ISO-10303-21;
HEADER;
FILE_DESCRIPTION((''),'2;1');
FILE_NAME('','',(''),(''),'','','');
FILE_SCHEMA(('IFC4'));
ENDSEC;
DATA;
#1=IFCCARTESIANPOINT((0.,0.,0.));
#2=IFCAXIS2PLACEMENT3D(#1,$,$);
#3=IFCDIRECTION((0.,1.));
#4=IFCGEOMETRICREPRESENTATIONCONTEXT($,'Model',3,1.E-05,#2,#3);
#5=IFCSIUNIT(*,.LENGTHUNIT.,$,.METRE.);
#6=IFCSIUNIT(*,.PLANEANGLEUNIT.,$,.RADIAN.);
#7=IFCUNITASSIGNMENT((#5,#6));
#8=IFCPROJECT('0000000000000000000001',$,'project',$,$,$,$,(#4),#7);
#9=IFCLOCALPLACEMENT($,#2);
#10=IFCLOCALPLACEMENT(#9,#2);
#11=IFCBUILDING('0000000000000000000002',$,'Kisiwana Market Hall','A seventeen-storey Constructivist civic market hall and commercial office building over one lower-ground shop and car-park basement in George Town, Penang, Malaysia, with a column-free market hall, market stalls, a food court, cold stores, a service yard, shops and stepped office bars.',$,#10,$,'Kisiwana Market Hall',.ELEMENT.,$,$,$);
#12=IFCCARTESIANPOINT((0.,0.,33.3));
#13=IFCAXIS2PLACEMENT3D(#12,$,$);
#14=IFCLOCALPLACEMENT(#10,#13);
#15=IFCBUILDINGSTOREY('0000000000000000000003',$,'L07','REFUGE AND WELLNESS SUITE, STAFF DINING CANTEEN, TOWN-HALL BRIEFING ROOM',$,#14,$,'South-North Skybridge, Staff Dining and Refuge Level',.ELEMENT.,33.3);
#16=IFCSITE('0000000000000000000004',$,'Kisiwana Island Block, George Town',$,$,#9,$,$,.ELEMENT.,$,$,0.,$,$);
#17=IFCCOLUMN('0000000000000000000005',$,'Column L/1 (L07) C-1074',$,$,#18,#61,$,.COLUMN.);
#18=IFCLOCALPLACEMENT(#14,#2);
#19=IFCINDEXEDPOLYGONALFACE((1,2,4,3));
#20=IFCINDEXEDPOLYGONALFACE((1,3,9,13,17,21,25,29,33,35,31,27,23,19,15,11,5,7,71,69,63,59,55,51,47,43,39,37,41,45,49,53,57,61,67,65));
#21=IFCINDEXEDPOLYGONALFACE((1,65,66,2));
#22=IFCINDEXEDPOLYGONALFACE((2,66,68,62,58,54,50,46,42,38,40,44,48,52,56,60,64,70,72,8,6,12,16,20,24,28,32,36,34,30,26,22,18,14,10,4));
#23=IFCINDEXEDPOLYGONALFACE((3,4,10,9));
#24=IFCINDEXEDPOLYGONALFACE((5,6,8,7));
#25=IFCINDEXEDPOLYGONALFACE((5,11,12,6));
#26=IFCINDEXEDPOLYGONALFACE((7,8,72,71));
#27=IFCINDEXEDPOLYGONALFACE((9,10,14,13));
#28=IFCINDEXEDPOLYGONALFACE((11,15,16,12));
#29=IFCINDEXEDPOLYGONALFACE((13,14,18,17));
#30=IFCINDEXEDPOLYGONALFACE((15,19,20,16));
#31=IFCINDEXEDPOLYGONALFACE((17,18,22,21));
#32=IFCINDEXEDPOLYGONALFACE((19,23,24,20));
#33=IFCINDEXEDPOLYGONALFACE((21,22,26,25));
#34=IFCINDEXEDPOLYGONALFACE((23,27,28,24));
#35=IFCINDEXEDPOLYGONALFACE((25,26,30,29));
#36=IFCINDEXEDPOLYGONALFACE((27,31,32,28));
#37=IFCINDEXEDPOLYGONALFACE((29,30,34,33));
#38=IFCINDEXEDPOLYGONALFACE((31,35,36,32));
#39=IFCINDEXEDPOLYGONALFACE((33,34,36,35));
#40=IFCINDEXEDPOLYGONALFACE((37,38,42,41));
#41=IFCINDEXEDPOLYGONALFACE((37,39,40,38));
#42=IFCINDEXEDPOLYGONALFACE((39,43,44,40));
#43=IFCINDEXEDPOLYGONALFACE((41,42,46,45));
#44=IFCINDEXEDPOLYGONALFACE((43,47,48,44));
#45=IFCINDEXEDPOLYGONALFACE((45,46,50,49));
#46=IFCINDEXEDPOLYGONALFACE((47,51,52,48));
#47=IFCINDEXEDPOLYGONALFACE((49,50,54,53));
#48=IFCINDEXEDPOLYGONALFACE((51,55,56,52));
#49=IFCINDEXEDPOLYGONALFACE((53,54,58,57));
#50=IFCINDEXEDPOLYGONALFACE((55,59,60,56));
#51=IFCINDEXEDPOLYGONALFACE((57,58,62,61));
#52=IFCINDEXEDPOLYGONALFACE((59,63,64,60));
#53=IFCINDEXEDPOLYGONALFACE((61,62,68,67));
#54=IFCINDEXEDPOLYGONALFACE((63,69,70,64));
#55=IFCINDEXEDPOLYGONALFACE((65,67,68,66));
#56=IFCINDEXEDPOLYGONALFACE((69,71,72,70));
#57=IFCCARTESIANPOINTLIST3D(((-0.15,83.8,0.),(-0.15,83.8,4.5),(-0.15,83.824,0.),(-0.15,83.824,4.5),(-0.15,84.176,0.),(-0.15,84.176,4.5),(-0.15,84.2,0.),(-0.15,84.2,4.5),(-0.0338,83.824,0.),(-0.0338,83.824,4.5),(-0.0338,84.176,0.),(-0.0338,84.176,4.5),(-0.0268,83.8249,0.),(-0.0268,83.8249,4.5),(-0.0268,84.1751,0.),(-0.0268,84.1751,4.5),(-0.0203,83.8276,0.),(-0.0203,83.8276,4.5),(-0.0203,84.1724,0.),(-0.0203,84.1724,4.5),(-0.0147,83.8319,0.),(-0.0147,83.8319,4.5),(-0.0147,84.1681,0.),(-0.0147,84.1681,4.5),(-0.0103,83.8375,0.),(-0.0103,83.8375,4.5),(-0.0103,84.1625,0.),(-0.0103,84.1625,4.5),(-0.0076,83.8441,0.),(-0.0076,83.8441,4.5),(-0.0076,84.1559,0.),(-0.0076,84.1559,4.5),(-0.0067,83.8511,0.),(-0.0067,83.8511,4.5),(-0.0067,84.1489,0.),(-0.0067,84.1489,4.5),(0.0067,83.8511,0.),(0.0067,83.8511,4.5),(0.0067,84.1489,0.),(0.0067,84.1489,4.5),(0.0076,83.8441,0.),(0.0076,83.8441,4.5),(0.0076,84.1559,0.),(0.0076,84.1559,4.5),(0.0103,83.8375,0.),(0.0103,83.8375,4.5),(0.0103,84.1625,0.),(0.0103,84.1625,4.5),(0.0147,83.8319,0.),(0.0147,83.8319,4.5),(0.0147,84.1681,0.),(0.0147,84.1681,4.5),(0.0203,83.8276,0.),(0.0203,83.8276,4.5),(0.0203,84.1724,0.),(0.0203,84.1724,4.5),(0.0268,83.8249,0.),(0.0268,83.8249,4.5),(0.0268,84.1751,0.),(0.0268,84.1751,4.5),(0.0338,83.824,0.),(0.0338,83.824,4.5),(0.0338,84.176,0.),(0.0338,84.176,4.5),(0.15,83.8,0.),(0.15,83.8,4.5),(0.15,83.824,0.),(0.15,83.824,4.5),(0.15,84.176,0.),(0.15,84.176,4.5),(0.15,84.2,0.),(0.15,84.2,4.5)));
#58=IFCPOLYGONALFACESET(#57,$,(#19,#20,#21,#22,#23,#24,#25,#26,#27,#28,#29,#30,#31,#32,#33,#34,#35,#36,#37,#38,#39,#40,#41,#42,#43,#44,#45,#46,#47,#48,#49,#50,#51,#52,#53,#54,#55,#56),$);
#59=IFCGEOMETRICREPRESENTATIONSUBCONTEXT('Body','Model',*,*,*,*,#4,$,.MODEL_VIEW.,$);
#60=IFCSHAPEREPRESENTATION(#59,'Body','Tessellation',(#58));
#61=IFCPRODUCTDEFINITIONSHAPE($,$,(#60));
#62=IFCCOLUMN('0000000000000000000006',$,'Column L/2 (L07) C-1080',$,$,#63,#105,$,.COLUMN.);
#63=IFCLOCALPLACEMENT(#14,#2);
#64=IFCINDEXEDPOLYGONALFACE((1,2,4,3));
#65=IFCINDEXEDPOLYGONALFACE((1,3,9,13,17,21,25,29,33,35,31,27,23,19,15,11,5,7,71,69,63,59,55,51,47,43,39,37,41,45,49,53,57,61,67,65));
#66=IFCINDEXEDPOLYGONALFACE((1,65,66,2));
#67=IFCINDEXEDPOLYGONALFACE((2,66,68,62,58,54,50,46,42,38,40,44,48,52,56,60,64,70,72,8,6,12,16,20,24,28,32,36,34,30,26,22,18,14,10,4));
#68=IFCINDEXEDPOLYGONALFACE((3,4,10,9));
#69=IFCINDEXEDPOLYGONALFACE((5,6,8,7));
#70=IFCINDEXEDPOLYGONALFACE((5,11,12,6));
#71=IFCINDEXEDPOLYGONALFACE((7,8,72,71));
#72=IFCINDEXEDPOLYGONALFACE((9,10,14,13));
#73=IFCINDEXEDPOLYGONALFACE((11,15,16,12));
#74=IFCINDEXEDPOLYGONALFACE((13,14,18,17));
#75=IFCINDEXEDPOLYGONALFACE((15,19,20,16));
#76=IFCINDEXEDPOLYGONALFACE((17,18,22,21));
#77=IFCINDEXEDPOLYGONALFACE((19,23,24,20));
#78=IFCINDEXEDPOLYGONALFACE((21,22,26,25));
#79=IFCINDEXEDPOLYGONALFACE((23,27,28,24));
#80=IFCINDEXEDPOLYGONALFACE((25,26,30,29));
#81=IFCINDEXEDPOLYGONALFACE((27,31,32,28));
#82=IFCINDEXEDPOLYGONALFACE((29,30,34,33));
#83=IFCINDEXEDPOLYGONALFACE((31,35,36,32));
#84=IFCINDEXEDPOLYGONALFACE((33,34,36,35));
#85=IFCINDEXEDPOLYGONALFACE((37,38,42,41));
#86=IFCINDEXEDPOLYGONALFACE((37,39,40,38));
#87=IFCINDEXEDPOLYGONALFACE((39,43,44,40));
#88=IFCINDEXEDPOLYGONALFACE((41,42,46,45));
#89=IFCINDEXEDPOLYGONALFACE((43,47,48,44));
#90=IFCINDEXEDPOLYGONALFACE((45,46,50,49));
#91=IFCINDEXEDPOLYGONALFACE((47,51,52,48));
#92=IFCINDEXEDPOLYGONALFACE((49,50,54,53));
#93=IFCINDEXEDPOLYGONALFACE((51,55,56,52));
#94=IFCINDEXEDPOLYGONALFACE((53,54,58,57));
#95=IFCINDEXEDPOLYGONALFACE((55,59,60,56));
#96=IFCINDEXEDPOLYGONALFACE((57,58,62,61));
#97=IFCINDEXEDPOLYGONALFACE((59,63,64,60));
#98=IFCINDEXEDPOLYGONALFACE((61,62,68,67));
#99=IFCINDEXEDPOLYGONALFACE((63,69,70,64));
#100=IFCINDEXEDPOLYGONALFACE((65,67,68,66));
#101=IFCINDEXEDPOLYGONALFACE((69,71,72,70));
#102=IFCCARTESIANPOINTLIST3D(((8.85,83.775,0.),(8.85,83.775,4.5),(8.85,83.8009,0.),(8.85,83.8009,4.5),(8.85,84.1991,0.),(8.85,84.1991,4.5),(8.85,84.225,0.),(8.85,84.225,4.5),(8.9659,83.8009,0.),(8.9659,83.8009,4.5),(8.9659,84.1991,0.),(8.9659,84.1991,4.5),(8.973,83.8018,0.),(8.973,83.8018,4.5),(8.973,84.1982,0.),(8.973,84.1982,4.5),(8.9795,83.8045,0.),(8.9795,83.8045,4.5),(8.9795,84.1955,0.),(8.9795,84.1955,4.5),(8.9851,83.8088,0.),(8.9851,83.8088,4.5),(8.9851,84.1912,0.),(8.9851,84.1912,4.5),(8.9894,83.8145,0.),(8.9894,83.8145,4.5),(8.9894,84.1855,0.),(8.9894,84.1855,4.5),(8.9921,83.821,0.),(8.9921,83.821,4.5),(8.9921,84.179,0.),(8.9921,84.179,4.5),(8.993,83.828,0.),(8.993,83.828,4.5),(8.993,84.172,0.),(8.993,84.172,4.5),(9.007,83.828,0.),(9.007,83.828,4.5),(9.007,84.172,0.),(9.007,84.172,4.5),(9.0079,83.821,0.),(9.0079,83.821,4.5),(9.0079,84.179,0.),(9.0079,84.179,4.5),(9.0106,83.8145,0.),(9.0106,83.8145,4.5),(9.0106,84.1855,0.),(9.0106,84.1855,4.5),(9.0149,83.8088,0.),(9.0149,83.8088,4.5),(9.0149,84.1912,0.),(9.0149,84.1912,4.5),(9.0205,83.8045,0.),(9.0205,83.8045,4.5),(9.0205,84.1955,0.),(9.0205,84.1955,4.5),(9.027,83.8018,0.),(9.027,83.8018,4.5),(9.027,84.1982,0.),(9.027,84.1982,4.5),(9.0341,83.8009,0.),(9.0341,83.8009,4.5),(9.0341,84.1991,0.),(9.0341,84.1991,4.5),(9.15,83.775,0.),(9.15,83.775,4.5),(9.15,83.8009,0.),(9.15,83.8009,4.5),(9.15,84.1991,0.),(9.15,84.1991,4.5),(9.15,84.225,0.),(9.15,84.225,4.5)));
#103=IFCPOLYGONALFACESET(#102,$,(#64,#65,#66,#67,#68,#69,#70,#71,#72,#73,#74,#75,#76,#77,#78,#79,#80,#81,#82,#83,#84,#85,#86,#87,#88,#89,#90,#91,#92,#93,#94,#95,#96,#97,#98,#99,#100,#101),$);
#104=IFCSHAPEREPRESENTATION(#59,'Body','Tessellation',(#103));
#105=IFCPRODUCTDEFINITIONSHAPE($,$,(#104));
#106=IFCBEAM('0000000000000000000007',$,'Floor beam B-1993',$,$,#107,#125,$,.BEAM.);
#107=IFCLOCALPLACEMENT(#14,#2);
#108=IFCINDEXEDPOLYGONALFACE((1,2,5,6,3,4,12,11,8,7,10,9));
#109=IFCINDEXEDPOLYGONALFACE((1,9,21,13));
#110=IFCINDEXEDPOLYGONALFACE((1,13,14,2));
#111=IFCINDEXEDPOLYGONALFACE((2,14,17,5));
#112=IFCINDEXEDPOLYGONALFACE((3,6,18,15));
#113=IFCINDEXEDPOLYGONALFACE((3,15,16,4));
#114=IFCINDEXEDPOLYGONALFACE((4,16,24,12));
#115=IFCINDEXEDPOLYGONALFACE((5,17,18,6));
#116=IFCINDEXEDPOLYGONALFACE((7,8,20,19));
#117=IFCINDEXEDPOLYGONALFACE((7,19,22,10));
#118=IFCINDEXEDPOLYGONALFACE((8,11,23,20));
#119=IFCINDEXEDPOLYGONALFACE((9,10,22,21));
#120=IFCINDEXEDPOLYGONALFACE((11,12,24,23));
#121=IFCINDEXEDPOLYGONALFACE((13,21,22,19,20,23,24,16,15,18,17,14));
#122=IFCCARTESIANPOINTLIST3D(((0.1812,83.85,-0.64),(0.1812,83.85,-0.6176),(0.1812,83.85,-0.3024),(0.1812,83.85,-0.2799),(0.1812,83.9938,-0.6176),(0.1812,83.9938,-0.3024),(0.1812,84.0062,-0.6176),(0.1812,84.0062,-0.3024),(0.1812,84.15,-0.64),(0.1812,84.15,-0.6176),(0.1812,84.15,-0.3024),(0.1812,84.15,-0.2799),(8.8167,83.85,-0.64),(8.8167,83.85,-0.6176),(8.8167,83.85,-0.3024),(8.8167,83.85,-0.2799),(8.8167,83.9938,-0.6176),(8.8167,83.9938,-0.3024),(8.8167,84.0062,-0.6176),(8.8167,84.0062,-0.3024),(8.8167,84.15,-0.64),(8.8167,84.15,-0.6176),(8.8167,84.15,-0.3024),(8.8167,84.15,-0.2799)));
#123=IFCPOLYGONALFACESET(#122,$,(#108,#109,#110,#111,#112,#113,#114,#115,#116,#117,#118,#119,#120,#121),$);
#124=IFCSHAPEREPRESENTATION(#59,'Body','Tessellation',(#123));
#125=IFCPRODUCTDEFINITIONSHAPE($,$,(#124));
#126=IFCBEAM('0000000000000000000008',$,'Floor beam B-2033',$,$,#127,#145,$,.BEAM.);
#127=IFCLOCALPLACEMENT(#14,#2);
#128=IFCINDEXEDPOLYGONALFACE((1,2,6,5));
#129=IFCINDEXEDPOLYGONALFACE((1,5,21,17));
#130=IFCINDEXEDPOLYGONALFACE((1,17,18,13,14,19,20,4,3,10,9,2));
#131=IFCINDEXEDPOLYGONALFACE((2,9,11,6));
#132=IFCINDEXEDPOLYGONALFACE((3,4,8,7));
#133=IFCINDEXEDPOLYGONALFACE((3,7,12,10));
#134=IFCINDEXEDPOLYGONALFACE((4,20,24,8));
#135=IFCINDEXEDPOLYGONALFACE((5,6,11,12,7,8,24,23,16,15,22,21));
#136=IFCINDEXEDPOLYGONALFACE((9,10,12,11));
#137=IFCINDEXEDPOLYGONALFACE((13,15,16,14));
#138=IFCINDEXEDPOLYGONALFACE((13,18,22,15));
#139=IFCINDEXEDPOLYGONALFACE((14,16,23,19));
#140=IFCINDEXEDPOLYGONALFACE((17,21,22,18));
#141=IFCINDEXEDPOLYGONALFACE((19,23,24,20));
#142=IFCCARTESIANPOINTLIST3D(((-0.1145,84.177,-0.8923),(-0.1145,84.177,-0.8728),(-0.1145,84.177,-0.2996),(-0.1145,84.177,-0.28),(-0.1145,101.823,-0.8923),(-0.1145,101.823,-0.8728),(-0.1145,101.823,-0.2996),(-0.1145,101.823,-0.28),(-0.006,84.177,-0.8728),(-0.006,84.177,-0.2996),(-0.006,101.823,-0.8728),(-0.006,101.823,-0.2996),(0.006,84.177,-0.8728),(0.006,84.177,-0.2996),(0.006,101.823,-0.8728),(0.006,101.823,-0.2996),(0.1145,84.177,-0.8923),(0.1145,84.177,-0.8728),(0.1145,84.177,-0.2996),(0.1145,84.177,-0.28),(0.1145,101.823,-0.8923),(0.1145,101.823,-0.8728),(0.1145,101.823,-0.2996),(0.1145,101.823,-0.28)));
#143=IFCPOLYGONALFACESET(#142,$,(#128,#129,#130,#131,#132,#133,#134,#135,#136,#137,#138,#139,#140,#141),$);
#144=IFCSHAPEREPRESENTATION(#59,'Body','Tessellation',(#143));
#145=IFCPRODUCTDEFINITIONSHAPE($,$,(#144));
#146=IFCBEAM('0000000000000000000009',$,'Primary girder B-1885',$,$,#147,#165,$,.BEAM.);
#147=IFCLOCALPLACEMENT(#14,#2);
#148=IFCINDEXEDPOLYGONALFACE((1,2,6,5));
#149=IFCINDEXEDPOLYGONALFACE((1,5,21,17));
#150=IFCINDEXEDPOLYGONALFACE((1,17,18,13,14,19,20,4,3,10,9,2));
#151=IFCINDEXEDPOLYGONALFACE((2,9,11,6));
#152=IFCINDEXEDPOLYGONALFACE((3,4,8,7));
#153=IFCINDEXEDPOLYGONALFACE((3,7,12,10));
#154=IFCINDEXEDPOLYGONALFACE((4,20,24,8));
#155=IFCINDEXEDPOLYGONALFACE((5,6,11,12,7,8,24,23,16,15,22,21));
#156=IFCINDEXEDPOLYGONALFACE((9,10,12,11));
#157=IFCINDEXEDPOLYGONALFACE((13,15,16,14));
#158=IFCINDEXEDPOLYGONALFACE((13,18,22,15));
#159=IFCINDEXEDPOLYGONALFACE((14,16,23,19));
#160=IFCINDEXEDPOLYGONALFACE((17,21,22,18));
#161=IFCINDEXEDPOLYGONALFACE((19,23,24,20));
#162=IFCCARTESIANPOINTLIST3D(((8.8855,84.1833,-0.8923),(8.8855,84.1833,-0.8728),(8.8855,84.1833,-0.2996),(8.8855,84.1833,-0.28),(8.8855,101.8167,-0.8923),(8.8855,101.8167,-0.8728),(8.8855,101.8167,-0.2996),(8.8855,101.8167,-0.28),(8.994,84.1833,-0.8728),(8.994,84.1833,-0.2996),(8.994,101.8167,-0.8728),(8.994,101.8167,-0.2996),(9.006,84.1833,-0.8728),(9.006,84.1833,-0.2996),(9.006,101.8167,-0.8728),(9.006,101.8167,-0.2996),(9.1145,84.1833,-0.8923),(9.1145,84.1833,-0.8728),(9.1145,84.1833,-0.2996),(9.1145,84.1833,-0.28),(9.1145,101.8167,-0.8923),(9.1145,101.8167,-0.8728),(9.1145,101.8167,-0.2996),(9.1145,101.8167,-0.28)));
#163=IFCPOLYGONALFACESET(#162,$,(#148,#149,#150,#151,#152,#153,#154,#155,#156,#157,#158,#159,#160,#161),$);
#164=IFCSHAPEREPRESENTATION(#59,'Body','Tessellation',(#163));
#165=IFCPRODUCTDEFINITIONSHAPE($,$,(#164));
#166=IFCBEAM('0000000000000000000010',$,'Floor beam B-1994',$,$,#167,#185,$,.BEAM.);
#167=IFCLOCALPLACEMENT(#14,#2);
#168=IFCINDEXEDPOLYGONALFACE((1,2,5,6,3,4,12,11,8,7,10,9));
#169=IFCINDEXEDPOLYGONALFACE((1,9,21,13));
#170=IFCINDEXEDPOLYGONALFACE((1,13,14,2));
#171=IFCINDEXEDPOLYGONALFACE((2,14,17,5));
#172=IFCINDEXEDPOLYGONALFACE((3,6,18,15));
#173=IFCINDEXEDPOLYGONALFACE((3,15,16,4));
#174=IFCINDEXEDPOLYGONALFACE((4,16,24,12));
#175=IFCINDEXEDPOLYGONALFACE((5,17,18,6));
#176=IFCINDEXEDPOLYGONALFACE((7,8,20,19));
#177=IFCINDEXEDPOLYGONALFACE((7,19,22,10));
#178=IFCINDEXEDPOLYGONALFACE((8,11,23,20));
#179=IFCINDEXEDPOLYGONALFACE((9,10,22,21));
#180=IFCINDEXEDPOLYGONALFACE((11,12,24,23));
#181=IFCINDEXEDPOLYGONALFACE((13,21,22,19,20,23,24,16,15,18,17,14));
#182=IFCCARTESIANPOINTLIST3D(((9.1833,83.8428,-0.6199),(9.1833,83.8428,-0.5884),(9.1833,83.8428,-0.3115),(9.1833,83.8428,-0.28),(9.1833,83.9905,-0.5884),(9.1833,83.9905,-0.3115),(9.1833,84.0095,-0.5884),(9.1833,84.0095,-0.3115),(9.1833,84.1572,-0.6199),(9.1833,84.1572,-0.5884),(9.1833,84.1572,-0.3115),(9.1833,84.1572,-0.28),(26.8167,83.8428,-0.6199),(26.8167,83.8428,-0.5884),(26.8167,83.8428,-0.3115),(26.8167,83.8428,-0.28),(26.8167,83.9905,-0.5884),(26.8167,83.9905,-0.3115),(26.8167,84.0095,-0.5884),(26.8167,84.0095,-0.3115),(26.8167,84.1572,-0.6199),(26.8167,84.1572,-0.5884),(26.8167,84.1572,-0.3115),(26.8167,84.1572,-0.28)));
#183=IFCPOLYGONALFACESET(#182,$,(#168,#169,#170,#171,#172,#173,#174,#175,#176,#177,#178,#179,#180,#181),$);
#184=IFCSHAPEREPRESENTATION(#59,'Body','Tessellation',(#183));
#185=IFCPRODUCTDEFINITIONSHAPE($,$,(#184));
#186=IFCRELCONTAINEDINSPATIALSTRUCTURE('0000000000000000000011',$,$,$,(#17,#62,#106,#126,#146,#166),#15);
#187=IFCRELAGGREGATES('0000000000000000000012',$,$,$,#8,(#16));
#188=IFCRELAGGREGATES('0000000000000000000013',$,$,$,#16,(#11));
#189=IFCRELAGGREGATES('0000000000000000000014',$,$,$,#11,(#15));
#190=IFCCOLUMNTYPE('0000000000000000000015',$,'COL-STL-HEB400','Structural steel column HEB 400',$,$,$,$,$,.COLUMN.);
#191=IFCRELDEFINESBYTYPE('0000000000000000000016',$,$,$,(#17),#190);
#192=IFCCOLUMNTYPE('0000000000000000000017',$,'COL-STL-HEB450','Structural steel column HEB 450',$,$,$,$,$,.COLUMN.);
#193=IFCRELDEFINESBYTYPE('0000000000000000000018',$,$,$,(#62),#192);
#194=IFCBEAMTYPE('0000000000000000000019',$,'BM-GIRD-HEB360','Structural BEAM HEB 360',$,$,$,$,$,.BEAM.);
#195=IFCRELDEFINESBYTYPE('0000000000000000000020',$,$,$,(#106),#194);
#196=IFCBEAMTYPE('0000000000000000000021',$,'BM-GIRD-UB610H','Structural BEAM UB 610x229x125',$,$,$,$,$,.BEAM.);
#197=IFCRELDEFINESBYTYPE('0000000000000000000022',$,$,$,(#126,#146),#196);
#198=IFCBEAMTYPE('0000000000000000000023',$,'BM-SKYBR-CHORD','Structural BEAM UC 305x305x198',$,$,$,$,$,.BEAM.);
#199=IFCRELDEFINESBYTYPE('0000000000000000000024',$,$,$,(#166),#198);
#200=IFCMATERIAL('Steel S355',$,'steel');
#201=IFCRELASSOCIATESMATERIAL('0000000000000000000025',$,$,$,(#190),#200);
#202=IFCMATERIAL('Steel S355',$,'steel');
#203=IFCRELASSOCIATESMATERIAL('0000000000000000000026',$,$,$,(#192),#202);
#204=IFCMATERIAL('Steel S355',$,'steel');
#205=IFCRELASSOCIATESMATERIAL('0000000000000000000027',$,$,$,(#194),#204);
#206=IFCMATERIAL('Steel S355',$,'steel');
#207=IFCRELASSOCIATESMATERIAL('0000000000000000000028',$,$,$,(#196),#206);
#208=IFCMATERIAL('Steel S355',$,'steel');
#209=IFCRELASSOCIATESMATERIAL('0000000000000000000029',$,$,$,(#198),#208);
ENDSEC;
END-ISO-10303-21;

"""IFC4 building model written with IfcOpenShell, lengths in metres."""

from ifc_helpers import new_model, si_unit, direction, frame, origin, origin_2d, place, context, subcontext, project, spatial, i_section, extrude, material, material_profile, profile_set, type_object, element, save


model = new_model("IFC4")

# Units and contexts
model_context = context("Model", 3, precision=1e-05, world=origin(), true_north=direction((0.0, 1.0)))
body_context = subcontext(model_context, "Body", "Model", "MODEL_VIEW")
ifc_project = project(units=[si_unit("LENGTHUNIT", "METRE"), si_unit("PLANEANGLEUNIT", "RADIAN")], contexts=[model_context])

# Site, building, storey
site_placement = place(None, origin())
site = spatial("IfcSite", under=ifc_project, at=site_placement, Name="Kisiwana Island Block, George Town", CompositionType="ELEMENT", RefElevation=0.0)
building_placement = place(site_placement, origin())
building = spatial("IfcBuilding", under=site, at=building_placement, Name="Kisiwana Market Hall", Description="A seventeen-storey Constructivist civic market hall and commercial office building over one lower-ground shop and car-park basement in George Town, Penang, Malaysia, with a column-free market hall, market stalls, a food court, cold stores, a service yard, shops and stepped office bars.", LongName="Kisiwana Market Hall", CompositionType="ELEMENT")
storey_placement = place(building_placement, frame((0.0, 0.0, 33.3)))
storey = spatial("IfcBuildingStorey", under=building, at=storey_placement, Name="L07", Description="REFUGE AND WELLNESS SUITE, STAFF DINING CANTEEN, TOWN-HALL BRIEFING ROOM", LongName="South-North Skybridge, Staff Dining and Refuge Level", CompositionType="ELEMENT", Elevation=33.3)

# Columns
ifc_material_1 = material(Name="Steel S355", Category="steel")
ifc_material_profile_1 = material_profile(ifc_material_1, i_section(OverallWidth=0.3, OverallDepth=0.3999, WebThickness=0.0134, FlangeThickness=0.0239, FilletRadius=0.0271, at=origin_2d()), Name="HEB 400")
ifc_profile_set_1 = profile_set([ifc_material_profile_1], Name="Steel S355")
column_type_1 = type_object("IfcColumnType", Name="COL-STL-HEB400", Description="Structural steel column HEB 400", PredefinedType="COLUMN", material=ifc_profile_set_1)
column_1_placement = place(storey_placement, frame((0.0, 84.0, 0.0), z_axis=(0.0, 0.0, 1.0), x_axis=(1.0, 0.0, 0.0)))
element("IfcColumn", 1, at=column_1_placement, inside=storey, type_object=column_type_1, Name="Column L/1 (L07) C-1074", PredefinedType="COLUMN", context=body_context, shape_type="SweptSolid", body=[
    extrude(i_section(OverallWidth=0.3, OverallDepth=0.3999, WebThickness=0.0134, FlangeThickness=0.0239, FilletRadius=0.0271, at=origin_2d()), origin(), (0.0, 0.0, 1.0), 4.5),
])
ifc_material_2 = material(Name="Steel S355", Category="steel")
ifc_material_profile_2 = material_profile(ifc_material_2, i_section(OverallWidth=0.3, OverallDepth=0.45, WebThickness=0.0139, FlangeThickness=0.0259, FilletRadius=0.0271, at=origin_2d()), Name="HEB 450")
ifc_profile_set_2 = profile_set([ifc_material_profile_2], Name="Steel S355")
column_type_2 = type_object("IfcColumnType", Name="COL-STL-HEB450", Description="Structural steel column HEB 450", PredefinedType="COLUMN", material=ifc_profile_set_2)
column_2_placement = place(storey_placement, frame((9.0, 84.0, 0.0), z_axis=(0.0, 0.0, 1.0), x_axis=(1.0, 0.0, 0.0)))
element("IfcColumn", 2, at=column_2_placement, inside=storey, type_object=column_type_2, Name="Column L/2 (L07) C-1080", PredefinedType="COLUMN", context=body_context, shape_type="SweptSolid", body=[
    extrude(i_section(OverallWidth=0.3, OverallDepth=0.45, WebThickness=0.0139, FlangeThickness=0.0259, FilletRadius=0.0271, at=origin_2d()), origin(), (0.0, 0.0, 1.0), 4.5),
])

# Beams
ifc_material_3 = material(Name="Steel S355", Category="steel")
ifc_material_profile_3 = material_profile(ifc_material_3, i_section(OverallWidth=0.3, OverallDepth=0.3601, WebThickness=0.0125, FlangeThickness=0.0225, at=origin_2d()), Name="HEB 360")
ifc_profile_set_3 = profile_set([ifc_material_profile_3], Name="Steel S355")
beam_type_1 = type_object("IfcBeamType", Name="BM-GIRD-HEB360", Description="Structural BEAM HEB 360", PredefinedType="BEAM", material=ifc_profile_set_3)
beam_1_placement = place(storey_placement, frame((0.1812, 84.0, -0.46), z_axis=(1.0, 0.0, 0.0), x_axis=(0.0, 1.0, 0.0)))
element("IfcBeam", 3, at=beam_1_placement, inside=storey, type_object=beam_type_1, Name="Floor beam B-1993", PredefinedType="BEAM", context=body_context, shape_type="SweptSolid", body=[
    extrude(i_section(OverallWidth=0.3, OverallDepth=0.3601, WebThickness=0.0125, FlangeThickness=0.0225, at=origin_2d()), origin(), (0.0, 0.0, 1.0), 8.6355),
])
ifc_material_4 = material(Name="Steel S355", Category="steel")
ifc_material_profile_4 = material_profile(ifc_material_4, i_section(OverallWidth=0.229, OverallDepth=0.6123, WebThickness=0.012, FlangeThickness=0.0195, at=origin_2d()), Name="UB 610x229x125")
ifc_profile_set_4 = profile_set([ifc_material_profile_4], Name="Steel S355")
beam_type_2 = type_object("IfcBeamType", Name="BM-GIRD-UB610H", Description="Structural BEAM UB 610x229x125", PredefinedType="BEAM", material=ifc_profile_set_4)
beam_2_placement = place(storey_placement, frame((0.0, 84.177, -0.5862), z_axis=(0.0, 1.0, 0.0), x_axis=(-1.0, 0.0, 0.0)))
element("IfcBeam", 4, at=beam_2_placement, inside=storey, type_object=beam_type_2, Name="Floor beam B-2033", PredefinedType="BEAM", context=body_context, shape_type="SweptSolid", body=[
    extrude(i_section(OverallWidth=0.229, OverallDepth=0.6123, WebThickness=0.012, FlangeThickness=0.0195, at=origin_2d()), origin(), (0.0, 0.0, 1.0), 17.646),
])
beam_3_placement = place(storey_placement, frame((9.0, 84.1833, -0.5862), z_axis=(0.0, 1.0, 0.0), x_axis=(-1.0, 0.0, 0.0)))
element("IfcBeam", 5, at=beam_3_placement, inside=storey, type_object=beam_type_2, Name="Primary girder B-1885", PredefinedType="BEAM", context=body_context, shape_type="SweptSolid", body=[
    extrude(i_section(OverallWidth=0.229, OverallDepth=0.6123, WebThickness=0.012, FlangeThickness=0.0195, at=origin_2d()), origin(), (0.0, 0.0, 1.0), 17.6333),
])
ifc_material_5 = material(Name="Steel S355", Category="steel")
ifc_material_profile_5 = material_profile(ifc_material_5, i_section(OverallWidth=0.3145, OverallDepth=0.3398, WebThickness=0.019, FlangeThickness=0.0315, at=origin_2d()), Name="UC 305x305x198")
ifc_profile_set_5 = profile_set([ifc_material_profile_5], Name="Steel S355")
beam_type_3 = type_object("IfcBeamType", Name="BM-SKYBR-CHORD", Description="Structural BEAM UC 305x305x198", PredefinedType="BEAM", material=ifc_profile_set_5)
beam_4_placement = place(storey_placement, frame((9.1833, 84.0, -0.45), z_axis=(1.0, 0.0, 0.0), x_axis=(0.0, 1.0, 0.0)))
element("IfcBeam", 6, at=beam_4_placement, inside=storey, type_object=beam_type_3, Name="Floor beam B-1994", PredefinedType="BEAM", context=body_context, shape_type="SweptSolid", body=[
    extrude(i_section(OverallWidth=0.3145, OverallDepth=0.3398, WebThickness=0.019, FlangeThickness=0.0315, at=origin_2d()), origin(), (0.0, 0.0, 1.0), 17.6333),
])

save(model, "model.ifc")
